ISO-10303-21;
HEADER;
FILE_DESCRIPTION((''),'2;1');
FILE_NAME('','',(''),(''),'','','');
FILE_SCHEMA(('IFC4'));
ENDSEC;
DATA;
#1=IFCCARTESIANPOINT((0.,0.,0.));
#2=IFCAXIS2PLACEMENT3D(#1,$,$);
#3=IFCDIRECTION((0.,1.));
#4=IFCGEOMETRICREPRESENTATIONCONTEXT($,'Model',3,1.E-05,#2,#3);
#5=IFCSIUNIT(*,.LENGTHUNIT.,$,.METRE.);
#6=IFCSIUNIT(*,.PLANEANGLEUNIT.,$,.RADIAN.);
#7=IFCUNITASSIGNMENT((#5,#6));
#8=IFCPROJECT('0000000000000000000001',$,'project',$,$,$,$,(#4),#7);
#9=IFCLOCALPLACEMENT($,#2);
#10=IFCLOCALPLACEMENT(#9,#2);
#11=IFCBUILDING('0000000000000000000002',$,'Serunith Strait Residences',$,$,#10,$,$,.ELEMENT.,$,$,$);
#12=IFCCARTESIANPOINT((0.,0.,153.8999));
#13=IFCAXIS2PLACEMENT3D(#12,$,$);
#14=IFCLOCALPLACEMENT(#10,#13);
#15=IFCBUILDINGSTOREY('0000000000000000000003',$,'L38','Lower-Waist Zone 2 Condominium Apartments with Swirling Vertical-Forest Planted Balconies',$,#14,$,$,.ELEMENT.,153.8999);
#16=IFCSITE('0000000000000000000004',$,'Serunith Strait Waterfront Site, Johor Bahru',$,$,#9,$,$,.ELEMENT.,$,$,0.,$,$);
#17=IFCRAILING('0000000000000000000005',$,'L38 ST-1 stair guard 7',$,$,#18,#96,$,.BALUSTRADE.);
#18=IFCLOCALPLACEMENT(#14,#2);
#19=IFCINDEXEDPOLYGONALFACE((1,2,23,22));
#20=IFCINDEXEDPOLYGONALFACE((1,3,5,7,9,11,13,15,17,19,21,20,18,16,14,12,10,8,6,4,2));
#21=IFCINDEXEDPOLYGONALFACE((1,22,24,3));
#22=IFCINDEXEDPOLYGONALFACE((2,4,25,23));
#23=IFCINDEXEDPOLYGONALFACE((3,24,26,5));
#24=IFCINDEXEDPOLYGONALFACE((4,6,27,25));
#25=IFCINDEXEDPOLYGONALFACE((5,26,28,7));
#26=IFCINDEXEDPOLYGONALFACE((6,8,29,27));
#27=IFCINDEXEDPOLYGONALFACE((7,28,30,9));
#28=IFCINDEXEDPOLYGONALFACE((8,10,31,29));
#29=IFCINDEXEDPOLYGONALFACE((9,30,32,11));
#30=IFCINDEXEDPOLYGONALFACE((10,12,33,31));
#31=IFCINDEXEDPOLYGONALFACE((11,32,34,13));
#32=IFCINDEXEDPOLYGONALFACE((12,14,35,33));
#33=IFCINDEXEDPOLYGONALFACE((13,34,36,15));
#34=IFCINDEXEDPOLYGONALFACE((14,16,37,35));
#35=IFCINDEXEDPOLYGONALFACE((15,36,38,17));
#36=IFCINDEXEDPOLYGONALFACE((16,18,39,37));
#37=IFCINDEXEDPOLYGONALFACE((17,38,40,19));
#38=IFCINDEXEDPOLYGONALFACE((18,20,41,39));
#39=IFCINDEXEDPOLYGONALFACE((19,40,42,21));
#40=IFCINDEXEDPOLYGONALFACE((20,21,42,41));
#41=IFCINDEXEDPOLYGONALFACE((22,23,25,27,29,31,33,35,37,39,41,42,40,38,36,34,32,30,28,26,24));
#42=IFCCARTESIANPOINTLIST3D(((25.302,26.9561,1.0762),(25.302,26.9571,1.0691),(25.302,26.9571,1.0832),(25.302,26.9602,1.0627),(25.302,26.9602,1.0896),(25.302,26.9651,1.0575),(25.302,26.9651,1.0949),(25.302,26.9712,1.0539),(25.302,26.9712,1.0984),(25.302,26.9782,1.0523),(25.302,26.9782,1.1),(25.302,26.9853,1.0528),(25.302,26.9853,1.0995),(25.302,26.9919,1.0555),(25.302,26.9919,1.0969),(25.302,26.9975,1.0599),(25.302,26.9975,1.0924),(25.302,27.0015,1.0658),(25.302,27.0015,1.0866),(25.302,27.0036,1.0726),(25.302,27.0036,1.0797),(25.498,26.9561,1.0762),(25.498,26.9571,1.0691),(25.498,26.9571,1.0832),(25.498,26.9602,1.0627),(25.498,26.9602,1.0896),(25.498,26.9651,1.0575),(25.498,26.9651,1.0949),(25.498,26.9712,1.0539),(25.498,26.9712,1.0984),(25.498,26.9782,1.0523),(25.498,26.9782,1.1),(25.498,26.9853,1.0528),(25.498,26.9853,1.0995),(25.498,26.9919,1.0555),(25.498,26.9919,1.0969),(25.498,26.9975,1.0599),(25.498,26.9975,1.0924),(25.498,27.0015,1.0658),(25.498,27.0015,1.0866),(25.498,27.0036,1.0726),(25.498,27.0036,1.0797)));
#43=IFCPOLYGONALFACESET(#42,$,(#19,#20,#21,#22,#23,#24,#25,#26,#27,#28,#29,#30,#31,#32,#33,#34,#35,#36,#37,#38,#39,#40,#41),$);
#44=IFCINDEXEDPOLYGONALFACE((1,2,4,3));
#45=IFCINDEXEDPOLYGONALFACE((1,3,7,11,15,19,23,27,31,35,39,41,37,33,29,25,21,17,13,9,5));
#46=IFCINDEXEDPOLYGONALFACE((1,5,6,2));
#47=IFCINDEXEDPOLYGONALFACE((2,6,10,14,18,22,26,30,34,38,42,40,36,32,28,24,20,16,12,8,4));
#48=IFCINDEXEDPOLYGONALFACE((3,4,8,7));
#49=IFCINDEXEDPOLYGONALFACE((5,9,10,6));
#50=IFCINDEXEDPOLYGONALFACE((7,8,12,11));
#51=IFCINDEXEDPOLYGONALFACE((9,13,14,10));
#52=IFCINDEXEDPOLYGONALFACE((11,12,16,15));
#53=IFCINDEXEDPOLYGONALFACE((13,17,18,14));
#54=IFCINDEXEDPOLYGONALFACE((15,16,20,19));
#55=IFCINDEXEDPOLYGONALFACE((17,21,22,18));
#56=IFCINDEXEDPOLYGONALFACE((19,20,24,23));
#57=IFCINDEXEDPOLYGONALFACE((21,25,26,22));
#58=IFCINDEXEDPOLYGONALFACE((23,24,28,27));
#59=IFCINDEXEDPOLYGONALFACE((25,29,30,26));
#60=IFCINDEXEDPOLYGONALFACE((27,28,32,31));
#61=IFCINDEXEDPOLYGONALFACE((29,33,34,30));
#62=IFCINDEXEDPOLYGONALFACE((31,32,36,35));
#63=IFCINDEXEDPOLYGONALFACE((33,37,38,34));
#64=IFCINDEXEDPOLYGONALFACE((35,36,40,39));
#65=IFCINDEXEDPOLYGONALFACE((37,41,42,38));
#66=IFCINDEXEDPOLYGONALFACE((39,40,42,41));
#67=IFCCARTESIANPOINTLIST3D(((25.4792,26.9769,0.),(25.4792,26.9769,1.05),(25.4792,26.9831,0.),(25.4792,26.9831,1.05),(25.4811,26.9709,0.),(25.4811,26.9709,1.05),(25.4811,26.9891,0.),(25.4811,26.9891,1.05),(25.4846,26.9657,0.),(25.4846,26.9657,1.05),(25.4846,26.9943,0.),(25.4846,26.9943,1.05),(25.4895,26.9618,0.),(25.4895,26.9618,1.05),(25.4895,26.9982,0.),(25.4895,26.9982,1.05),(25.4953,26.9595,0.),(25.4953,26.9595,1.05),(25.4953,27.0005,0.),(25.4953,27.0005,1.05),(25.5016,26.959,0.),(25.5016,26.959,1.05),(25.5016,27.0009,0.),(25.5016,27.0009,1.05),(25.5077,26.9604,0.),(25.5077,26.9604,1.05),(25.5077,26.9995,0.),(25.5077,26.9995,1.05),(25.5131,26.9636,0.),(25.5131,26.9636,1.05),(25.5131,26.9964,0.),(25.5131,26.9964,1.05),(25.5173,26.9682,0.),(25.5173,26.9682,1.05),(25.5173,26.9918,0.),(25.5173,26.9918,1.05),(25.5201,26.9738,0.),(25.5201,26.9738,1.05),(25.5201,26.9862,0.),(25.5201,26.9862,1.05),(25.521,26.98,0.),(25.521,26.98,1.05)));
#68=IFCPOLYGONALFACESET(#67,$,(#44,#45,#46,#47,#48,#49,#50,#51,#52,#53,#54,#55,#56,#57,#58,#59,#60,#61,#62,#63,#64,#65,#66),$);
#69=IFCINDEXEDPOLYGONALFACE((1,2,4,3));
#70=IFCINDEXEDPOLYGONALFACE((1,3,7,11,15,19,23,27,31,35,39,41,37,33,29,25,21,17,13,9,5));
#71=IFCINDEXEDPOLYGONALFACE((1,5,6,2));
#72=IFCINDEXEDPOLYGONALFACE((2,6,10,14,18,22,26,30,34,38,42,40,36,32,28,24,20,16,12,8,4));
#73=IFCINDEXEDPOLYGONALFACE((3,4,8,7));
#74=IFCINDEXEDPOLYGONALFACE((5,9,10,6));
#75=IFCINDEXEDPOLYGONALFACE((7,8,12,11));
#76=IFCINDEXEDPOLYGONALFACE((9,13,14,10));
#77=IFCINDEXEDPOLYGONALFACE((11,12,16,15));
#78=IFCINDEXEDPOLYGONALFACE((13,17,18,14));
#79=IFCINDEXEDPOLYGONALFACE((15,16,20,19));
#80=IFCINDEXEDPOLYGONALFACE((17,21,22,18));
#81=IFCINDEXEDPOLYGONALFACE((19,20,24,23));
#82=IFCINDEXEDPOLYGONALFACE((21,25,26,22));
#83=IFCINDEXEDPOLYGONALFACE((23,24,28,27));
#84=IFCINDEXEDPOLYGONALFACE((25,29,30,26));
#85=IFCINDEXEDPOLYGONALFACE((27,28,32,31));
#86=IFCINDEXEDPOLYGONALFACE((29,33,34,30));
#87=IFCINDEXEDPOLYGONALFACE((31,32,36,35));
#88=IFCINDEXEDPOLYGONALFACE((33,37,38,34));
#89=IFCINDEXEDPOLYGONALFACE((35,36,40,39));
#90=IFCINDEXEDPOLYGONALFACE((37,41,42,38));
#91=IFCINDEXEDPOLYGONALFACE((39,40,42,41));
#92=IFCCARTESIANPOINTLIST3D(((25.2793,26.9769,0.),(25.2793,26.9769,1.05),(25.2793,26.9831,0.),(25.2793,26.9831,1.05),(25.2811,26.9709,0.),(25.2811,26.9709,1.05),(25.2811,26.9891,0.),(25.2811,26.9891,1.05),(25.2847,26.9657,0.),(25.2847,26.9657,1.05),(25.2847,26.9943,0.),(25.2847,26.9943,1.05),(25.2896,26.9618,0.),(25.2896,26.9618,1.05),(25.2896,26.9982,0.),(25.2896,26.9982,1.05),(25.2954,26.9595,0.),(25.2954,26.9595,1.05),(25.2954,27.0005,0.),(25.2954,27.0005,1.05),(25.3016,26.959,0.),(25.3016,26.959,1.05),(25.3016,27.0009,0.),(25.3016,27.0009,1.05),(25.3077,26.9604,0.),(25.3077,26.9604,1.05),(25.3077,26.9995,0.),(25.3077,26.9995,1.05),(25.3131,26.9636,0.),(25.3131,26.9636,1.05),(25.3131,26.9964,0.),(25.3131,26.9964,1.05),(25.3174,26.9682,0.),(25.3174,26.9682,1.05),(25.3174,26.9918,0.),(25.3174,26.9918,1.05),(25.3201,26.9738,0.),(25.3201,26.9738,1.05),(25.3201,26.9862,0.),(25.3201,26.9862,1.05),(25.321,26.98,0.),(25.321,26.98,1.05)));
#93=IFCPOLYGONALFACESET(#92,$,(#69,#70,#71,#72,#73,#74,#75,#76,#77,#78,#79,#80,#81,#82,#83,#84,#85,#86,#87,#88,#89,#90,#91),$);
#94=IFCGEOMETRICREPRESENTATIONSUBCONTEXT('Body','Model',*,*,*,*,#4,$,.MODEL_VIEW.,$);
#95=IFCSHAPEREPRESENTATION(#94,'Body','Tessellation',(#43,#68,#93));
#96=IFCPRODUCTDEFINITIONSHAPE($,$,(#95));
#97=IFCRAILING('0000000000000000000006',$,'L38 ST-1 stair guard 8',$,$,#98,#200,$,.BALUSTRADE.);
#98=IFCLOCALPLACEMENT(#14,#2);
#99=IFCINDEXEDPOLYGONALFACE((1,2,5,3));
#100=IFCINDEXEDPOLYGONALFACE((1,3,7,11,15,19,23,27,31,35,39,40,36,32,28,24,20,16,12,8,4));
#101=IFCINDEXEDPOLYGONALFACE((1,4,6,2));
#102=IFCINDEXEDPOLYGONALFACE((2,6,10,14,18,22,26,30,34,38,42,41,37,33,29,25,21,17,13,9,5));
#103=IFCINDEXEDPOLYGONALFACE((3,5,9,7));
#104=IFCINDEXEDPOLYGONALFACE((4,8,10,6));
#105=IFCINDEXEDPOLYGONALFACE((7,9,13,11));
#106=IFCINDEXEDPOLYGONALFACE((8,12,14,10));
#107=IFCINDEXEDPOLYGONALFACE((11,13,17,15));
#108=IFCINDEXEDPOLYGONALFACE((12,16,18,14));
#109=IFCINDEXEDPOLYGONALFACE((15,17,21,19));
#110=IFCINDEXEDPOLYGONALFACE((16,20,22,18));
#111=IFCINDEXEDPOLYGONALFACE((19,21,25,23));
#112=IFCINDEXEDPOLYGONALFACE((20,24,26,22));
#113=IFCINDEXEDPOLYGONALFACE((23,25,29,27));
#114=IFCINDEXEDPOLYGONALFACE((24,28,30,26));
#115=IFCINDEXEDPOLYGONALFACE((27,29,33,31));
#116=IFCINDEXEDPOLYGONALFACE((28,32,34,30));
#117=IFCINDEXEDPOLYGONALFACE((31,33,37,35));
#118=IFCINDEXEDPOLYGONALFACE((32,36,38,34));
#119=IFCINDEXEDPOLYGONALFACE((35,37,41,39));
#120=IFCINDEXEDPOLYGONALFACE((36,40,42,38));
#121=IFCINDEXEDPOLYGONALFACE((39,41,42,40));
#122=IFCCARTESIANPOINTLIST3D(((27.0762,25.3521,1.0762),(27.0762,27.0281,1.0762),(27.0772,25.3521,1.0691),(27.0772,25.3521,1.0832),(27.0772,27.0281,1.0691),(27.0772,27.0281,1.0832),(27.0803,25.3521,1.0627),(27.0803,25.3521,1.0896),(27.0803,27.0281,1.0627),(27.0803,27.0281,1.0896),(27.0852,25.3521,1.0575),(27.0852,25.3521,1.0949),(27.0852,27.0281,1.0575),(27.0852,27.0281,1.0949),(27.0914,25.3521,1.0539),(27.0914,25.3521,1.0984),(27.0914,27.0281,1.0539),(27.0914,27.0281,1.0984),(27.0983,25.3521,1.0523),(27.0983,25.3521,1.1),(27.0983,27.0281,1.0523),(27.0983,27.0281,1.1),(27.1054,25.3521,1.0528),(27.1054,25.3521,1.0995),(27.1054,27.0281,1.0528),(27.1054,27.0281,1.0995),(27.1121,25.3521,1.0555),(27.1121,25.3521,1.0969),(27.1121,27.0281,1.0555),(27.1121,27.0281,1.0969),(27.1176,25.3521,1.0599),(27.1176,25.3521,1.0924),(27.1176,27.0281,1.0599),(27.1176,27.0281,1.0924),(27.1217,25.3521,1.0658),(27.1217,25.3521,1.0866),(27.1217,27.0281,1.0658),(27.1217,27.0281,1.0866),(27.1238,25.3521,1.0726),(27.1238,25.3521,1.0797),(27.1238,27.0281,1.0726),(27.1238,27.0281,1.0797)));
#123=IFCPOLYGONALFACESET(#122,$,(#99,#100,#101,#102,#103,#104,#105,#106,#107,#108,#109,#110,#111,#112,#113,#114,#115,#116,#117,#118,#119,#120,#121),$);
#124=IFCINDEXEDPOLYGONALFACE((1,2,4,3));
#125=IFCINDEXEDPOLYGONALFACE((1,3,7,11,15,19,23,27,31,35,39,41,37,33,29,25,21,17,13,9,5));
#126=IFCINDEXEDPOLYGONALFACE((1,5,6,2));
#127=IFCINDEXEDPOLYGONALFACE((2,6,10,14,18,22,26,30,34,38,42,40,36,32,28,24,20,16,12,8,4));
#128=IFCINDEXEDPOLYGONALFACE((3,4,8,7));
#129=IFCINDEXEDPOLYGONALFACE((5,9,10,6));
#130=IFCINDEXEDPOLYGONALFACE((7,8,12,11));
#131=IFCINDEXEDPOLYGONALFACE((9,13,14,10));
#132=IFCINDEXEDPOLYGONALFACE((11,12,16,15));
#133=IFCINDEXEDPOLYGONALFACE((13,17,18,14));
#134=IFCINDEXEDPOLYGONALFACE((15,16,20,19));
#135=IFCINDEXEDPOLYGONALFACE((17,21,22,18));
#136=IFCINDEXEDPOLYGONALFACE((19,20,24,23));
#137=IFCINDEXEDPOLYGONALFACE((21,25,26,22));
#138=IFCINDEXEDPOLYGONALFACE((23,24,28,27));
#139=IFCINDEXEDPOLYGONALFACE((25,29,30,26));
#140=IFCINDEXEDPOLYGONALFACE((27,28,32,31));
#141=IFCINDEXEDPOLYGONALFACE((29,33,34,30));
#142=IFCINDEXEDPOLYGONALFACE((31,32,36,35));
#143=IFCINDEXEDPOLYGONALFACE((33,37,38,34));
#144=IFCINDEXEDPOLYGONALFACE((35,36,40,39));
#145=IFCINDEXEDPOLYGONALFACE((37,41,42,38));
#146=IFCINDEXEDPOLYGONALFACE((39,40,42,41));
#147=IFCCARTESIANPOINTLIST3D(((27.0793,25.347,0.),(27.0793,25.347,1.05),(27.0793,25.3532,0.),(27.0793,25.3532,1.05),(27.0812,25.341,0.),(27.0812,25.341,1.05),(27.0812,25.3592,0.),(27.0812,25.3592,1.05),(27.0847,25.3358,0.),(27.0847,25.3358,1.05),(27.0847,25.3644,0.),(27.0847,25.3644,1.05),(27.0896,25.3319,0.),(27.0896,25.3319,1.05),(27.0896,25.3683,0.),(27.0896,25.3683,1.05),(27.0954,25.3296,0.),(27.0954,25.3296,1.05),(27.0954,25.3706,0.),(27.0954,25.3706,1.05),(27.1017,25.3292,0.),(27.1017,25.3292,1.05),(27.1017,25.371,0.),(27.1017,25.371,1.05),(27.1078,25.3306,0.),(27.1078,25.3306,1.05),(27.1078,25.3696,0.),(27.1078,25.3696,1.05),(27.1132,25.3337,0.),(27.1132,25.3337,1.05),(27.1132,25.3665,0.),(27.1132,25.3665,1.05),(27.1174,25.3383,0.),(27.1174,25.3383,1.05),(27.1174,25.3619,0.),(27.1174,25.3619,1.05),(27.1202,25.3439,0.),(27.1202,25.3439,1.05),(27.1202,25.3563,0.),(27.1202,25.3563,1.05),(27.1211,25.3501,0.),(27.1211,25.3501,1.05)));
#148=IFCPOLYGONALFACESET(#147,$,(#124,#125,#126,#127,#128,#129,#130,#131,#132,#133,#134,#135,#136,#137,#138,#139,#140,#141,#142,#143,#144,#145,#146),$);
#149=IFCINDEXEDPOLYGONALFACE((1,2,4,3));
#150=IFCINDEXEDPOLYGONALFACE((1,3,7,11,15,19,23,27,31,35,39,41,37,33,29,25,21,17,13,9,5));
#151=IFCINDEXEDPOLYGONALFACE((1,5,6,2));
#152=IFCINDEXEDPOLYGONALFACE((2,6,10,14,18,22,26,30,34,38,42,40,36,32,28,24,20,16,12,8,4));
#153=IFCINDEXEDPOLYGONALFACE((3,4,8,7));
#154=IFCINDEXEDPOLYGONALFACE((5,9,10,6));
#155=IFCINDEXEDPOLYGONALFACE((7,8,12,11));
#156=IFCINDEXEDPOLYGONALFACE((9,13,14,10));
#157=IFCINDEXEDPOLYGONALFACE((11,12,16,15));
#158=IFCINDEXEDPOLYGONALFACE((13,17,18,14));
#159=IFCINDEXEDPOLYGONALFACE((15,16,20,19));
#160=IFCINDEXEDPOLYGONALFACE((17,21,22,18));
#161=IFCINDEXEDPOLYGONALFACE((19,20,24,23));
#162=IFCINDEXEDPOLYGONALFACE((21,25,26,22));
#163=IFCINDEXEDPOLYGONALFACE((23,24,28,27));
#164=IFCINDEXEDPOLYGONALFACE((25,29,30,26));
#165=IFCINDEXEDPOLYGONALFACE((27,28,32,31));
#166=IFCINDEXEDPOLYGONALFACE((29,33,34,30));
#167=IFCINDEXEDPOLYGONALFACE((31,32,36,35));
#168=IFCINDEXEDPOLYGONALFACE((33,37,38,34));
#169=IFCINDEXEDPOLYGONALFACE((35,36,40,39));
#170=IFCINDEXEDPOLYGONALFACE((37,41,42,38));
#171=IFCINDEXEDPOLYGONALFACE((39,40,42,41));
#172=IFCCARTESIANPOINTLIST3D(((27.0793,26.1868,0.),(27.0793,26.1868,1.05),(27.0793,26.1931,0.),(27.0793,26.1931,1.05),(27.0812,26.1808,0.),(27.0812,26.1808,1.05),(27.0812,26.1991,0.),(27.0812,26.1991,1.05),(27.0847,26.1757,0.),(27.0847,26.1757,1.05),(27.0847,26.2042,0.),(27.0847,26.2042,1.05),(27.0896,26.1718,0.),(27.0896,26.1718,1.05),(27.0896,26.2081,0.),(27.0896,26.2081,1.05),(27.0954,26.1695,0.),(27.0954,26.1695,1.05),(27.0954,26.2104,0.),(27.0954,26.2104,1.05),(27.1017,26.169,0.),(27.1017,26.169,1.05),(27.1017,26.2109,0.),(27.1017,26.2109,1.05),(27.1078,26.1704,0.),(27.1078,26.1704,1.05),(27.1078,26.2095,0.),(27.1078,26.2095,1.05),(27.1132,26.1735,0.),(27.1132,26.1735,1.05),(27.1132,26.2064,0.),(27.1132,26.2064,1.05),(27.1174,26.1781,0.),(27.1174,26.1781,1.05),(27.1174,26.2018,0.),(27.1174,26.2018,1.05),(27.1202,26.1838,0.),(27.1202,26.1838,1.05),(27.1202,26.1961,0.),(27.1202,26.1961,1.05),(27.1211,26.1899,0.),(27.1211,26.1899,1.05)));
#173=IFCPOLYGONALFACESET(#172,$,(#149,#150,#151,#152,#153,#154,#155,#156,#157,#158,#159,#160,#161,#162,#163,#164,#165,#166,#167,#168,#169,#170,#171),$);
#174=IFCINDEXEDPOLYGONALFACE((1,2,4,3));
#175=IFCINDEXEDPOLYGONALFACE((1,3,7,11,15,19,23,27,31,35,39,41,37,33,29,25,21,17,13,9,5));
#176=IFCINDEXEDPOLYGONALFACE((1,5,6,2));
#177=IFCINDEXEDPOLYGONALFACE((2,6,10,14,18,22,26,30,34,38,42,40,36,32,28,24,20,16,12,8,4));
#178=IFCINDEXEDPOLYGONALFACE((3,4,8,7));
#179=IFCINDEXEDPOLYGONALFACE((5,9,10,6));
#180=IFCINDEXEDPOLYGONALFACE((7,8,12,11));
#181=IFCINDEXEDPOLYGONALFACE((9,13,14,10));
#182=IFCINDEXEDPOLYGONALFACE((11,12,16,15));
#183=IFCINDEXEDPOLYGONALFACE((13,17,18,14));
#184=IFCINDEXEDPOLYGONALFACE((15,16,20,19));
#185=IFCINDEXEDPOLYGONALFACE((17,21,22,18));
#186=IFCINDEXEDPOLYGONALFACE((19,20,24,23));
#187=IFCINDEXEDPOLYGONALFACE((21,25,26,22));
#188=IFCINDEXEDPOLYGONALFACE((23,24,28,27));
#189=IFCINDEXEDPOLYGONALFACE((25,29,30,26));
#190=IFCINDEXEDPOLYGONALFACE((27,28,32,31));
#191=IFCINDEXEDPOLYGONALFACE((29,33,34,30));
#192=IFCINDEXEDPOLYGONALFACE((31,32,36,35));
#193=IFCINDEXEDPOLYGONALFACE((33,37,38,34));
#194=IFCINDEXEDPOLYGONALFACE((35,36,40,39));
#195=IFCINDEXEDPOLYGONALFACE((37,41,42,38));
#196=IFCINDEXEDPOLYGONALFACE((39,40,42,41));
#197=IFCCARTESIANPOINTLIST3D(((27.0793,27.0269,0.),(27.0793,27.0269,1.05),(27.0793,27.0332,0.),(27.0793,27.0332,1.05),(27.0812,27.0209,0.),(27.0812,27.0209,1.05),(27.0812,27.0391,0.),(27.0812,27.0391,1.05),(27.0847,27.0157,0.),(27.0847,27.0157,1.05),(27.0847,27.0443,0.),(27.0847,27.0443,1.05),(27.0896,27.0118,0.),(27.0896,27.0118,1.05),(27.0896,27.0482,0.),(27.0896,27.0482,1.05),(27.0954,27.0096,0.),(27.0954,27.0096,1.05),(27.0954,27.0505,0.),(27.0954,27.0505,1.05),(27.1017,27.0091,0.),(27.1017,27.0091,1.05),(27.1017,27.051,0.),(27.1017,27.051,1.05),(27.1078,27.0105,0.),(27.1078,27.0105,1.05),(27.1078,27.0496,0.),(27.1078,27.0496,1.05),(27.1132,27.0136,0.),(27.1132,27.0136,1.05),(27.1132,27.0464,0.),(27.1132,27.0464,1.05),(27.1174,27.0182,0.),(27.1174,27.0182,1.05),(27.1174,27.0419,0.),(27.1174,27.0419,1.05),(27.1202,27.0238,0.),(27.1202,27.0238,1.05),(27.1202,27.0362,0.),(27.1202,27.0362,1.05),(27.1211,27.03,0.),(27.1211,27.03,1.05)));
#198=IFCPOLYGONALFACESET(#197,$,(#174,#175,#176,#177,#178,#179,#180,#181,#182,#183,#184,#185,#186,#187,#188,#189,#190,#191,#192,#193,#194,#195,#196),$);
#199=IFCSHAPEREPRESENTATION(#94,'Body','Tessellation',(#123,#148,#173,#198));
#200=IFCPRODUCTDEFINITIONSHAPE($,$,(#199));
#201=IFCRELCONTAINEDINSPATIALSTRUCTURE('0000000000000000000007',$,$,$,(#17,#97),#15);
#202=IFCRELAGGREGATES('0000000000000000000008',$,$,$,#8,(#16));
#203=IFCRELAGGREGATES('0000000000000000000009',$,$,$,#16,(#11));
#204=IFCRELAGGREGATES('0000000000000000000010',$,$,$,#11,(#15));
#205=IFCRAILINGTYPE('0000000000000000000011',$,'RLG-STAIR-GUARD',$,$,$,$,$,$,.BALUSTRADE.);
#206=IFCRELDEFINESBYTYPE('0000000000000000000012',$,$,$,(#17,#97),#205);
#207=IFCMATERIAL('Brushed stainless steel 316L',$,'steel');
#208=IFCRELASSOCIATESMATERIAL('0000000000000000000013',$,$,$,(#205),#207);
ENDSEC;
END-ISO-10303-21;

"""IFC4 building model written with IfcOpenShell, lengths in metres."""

from ifc_helpers import new_model, si_unit, direction, frame, origin, origin_2d, place, context, subcontext, project, spatial, circle, extrude, material, type_object, element, save


model = new_model("IFC4")

# Units and contexts
model_context = context("Model", 3, precision=1e-05, world=origin(), true_north=direction((0.0, 1.0)))
body_context = subcontext(model_context, "Body", "Model", "MODEL_VIEW")
ifc_project = project(units=[si_unit("LENGTHUNIT", "METRE"), si_unit("PLANEANGLEUNIT", "RADIAN")], contexts=[model_context])

# Site, building, storey
site_placement = place(None, origin())
site = spatial("IfcSite", under=ifc_project, at=site_placement, Name="Serunith Strait Waterfront Site, Johor Bahru", CompositionType="ELEMENT", RefElevation=0.0)
building_placement = place(site_placement, origin())
building = spatial("IfcBuilding", under=site, at=building_placement, Name="Serunith Strait Residences", CompositionType="ELEMENT")
storey_placement = place(building_placement, frame((0.0, 0.0, 153.8999)))
storey = spatial("IfcBuildingStorey", under=building, at=storey_placement, Name="L38", Description="Lower-Waist Zone 2 Condominium Apartments with Swirling Vertical-Forest Planted Balconies", CompositionType="ELEMENT", Elevation=153.8999)

# Railings
ifc_material_1 = material(Name="Brushed stainless steel 316L", Category="steel")
railing_type_1 = type_object("IfcRailingType", Name="RLG-STAIR-GUARD", PredefinedType="BALUSTRADE", material=ifc_material_1)
railing_1_placement = place(storey_placement, frame((25.5, 26.98, 0.0)))
element("IfcRailing", 1, at=railing_1_placement, inside=storey, type_object=railing_type_1, Name="L38 ST-1 stair guard 7", PredefinedType="BALUSTRADE", context=body_context, shape_type="SweptSolid", body=[
    extrude(circle(Radius=0.0239, at=origin_2d()), frame((-0.002, 0.0, 1.0762), z_axis=(-1.0, 0.0, 0.0), x_axis=(0.0, -1.0, 0.0)), (0.0, 0.0, 1.0), 0.196),
    extrude(circle(Radius=0.021, at=origin_2d()), origin(), (0.0, 0.0, 1.0), 1.05),
    extrude(circle(Radius=0.021, at=origin_2d()), frame((-0.2, 0.0, 0.0)), (0.0, 0.0, 1.0), 1.05),
])
for number, where, name in (
    (2, (27.1001, 25.3501, 0.0), "L38 ST-1 stair guard 8"),
):
    element("IfcRailing", number, at=place(storey_placement, frame(where)), inside=storey, type_object=railing_type_1, Name=name, PredefinedType="BALUSTRADE", context=body_context, shape_type="SweptSolid", body=[
        extrude(circle(Radius=0.0239, at=origin_2d()), frame((0.0, 0.002, 1.0762), z_axis=(0.0, 1.0, 0.0), x_axis=(-1.0, 0.0, 0.0)), (0.0, 0.0, 1.0), 1.676),
        extrude(circle(Radius=0.021, at=origin_2d()), origin(), (0.0, 0.0, 1.0), 1.05),
        extrude(circle(Radius=0.021, at=origin_2d()), frame((0.0, 0.8398, 0.0)), (0.0, 0.0, 1.0), 1.05),
        extrude(circle(Radius=0.021, at=origin_2d()), frame((0.0, 1.6799, 0.0)), (0.0, 0.0, 1.0), 1.05),
    ])

save(model, "model.ifc")
